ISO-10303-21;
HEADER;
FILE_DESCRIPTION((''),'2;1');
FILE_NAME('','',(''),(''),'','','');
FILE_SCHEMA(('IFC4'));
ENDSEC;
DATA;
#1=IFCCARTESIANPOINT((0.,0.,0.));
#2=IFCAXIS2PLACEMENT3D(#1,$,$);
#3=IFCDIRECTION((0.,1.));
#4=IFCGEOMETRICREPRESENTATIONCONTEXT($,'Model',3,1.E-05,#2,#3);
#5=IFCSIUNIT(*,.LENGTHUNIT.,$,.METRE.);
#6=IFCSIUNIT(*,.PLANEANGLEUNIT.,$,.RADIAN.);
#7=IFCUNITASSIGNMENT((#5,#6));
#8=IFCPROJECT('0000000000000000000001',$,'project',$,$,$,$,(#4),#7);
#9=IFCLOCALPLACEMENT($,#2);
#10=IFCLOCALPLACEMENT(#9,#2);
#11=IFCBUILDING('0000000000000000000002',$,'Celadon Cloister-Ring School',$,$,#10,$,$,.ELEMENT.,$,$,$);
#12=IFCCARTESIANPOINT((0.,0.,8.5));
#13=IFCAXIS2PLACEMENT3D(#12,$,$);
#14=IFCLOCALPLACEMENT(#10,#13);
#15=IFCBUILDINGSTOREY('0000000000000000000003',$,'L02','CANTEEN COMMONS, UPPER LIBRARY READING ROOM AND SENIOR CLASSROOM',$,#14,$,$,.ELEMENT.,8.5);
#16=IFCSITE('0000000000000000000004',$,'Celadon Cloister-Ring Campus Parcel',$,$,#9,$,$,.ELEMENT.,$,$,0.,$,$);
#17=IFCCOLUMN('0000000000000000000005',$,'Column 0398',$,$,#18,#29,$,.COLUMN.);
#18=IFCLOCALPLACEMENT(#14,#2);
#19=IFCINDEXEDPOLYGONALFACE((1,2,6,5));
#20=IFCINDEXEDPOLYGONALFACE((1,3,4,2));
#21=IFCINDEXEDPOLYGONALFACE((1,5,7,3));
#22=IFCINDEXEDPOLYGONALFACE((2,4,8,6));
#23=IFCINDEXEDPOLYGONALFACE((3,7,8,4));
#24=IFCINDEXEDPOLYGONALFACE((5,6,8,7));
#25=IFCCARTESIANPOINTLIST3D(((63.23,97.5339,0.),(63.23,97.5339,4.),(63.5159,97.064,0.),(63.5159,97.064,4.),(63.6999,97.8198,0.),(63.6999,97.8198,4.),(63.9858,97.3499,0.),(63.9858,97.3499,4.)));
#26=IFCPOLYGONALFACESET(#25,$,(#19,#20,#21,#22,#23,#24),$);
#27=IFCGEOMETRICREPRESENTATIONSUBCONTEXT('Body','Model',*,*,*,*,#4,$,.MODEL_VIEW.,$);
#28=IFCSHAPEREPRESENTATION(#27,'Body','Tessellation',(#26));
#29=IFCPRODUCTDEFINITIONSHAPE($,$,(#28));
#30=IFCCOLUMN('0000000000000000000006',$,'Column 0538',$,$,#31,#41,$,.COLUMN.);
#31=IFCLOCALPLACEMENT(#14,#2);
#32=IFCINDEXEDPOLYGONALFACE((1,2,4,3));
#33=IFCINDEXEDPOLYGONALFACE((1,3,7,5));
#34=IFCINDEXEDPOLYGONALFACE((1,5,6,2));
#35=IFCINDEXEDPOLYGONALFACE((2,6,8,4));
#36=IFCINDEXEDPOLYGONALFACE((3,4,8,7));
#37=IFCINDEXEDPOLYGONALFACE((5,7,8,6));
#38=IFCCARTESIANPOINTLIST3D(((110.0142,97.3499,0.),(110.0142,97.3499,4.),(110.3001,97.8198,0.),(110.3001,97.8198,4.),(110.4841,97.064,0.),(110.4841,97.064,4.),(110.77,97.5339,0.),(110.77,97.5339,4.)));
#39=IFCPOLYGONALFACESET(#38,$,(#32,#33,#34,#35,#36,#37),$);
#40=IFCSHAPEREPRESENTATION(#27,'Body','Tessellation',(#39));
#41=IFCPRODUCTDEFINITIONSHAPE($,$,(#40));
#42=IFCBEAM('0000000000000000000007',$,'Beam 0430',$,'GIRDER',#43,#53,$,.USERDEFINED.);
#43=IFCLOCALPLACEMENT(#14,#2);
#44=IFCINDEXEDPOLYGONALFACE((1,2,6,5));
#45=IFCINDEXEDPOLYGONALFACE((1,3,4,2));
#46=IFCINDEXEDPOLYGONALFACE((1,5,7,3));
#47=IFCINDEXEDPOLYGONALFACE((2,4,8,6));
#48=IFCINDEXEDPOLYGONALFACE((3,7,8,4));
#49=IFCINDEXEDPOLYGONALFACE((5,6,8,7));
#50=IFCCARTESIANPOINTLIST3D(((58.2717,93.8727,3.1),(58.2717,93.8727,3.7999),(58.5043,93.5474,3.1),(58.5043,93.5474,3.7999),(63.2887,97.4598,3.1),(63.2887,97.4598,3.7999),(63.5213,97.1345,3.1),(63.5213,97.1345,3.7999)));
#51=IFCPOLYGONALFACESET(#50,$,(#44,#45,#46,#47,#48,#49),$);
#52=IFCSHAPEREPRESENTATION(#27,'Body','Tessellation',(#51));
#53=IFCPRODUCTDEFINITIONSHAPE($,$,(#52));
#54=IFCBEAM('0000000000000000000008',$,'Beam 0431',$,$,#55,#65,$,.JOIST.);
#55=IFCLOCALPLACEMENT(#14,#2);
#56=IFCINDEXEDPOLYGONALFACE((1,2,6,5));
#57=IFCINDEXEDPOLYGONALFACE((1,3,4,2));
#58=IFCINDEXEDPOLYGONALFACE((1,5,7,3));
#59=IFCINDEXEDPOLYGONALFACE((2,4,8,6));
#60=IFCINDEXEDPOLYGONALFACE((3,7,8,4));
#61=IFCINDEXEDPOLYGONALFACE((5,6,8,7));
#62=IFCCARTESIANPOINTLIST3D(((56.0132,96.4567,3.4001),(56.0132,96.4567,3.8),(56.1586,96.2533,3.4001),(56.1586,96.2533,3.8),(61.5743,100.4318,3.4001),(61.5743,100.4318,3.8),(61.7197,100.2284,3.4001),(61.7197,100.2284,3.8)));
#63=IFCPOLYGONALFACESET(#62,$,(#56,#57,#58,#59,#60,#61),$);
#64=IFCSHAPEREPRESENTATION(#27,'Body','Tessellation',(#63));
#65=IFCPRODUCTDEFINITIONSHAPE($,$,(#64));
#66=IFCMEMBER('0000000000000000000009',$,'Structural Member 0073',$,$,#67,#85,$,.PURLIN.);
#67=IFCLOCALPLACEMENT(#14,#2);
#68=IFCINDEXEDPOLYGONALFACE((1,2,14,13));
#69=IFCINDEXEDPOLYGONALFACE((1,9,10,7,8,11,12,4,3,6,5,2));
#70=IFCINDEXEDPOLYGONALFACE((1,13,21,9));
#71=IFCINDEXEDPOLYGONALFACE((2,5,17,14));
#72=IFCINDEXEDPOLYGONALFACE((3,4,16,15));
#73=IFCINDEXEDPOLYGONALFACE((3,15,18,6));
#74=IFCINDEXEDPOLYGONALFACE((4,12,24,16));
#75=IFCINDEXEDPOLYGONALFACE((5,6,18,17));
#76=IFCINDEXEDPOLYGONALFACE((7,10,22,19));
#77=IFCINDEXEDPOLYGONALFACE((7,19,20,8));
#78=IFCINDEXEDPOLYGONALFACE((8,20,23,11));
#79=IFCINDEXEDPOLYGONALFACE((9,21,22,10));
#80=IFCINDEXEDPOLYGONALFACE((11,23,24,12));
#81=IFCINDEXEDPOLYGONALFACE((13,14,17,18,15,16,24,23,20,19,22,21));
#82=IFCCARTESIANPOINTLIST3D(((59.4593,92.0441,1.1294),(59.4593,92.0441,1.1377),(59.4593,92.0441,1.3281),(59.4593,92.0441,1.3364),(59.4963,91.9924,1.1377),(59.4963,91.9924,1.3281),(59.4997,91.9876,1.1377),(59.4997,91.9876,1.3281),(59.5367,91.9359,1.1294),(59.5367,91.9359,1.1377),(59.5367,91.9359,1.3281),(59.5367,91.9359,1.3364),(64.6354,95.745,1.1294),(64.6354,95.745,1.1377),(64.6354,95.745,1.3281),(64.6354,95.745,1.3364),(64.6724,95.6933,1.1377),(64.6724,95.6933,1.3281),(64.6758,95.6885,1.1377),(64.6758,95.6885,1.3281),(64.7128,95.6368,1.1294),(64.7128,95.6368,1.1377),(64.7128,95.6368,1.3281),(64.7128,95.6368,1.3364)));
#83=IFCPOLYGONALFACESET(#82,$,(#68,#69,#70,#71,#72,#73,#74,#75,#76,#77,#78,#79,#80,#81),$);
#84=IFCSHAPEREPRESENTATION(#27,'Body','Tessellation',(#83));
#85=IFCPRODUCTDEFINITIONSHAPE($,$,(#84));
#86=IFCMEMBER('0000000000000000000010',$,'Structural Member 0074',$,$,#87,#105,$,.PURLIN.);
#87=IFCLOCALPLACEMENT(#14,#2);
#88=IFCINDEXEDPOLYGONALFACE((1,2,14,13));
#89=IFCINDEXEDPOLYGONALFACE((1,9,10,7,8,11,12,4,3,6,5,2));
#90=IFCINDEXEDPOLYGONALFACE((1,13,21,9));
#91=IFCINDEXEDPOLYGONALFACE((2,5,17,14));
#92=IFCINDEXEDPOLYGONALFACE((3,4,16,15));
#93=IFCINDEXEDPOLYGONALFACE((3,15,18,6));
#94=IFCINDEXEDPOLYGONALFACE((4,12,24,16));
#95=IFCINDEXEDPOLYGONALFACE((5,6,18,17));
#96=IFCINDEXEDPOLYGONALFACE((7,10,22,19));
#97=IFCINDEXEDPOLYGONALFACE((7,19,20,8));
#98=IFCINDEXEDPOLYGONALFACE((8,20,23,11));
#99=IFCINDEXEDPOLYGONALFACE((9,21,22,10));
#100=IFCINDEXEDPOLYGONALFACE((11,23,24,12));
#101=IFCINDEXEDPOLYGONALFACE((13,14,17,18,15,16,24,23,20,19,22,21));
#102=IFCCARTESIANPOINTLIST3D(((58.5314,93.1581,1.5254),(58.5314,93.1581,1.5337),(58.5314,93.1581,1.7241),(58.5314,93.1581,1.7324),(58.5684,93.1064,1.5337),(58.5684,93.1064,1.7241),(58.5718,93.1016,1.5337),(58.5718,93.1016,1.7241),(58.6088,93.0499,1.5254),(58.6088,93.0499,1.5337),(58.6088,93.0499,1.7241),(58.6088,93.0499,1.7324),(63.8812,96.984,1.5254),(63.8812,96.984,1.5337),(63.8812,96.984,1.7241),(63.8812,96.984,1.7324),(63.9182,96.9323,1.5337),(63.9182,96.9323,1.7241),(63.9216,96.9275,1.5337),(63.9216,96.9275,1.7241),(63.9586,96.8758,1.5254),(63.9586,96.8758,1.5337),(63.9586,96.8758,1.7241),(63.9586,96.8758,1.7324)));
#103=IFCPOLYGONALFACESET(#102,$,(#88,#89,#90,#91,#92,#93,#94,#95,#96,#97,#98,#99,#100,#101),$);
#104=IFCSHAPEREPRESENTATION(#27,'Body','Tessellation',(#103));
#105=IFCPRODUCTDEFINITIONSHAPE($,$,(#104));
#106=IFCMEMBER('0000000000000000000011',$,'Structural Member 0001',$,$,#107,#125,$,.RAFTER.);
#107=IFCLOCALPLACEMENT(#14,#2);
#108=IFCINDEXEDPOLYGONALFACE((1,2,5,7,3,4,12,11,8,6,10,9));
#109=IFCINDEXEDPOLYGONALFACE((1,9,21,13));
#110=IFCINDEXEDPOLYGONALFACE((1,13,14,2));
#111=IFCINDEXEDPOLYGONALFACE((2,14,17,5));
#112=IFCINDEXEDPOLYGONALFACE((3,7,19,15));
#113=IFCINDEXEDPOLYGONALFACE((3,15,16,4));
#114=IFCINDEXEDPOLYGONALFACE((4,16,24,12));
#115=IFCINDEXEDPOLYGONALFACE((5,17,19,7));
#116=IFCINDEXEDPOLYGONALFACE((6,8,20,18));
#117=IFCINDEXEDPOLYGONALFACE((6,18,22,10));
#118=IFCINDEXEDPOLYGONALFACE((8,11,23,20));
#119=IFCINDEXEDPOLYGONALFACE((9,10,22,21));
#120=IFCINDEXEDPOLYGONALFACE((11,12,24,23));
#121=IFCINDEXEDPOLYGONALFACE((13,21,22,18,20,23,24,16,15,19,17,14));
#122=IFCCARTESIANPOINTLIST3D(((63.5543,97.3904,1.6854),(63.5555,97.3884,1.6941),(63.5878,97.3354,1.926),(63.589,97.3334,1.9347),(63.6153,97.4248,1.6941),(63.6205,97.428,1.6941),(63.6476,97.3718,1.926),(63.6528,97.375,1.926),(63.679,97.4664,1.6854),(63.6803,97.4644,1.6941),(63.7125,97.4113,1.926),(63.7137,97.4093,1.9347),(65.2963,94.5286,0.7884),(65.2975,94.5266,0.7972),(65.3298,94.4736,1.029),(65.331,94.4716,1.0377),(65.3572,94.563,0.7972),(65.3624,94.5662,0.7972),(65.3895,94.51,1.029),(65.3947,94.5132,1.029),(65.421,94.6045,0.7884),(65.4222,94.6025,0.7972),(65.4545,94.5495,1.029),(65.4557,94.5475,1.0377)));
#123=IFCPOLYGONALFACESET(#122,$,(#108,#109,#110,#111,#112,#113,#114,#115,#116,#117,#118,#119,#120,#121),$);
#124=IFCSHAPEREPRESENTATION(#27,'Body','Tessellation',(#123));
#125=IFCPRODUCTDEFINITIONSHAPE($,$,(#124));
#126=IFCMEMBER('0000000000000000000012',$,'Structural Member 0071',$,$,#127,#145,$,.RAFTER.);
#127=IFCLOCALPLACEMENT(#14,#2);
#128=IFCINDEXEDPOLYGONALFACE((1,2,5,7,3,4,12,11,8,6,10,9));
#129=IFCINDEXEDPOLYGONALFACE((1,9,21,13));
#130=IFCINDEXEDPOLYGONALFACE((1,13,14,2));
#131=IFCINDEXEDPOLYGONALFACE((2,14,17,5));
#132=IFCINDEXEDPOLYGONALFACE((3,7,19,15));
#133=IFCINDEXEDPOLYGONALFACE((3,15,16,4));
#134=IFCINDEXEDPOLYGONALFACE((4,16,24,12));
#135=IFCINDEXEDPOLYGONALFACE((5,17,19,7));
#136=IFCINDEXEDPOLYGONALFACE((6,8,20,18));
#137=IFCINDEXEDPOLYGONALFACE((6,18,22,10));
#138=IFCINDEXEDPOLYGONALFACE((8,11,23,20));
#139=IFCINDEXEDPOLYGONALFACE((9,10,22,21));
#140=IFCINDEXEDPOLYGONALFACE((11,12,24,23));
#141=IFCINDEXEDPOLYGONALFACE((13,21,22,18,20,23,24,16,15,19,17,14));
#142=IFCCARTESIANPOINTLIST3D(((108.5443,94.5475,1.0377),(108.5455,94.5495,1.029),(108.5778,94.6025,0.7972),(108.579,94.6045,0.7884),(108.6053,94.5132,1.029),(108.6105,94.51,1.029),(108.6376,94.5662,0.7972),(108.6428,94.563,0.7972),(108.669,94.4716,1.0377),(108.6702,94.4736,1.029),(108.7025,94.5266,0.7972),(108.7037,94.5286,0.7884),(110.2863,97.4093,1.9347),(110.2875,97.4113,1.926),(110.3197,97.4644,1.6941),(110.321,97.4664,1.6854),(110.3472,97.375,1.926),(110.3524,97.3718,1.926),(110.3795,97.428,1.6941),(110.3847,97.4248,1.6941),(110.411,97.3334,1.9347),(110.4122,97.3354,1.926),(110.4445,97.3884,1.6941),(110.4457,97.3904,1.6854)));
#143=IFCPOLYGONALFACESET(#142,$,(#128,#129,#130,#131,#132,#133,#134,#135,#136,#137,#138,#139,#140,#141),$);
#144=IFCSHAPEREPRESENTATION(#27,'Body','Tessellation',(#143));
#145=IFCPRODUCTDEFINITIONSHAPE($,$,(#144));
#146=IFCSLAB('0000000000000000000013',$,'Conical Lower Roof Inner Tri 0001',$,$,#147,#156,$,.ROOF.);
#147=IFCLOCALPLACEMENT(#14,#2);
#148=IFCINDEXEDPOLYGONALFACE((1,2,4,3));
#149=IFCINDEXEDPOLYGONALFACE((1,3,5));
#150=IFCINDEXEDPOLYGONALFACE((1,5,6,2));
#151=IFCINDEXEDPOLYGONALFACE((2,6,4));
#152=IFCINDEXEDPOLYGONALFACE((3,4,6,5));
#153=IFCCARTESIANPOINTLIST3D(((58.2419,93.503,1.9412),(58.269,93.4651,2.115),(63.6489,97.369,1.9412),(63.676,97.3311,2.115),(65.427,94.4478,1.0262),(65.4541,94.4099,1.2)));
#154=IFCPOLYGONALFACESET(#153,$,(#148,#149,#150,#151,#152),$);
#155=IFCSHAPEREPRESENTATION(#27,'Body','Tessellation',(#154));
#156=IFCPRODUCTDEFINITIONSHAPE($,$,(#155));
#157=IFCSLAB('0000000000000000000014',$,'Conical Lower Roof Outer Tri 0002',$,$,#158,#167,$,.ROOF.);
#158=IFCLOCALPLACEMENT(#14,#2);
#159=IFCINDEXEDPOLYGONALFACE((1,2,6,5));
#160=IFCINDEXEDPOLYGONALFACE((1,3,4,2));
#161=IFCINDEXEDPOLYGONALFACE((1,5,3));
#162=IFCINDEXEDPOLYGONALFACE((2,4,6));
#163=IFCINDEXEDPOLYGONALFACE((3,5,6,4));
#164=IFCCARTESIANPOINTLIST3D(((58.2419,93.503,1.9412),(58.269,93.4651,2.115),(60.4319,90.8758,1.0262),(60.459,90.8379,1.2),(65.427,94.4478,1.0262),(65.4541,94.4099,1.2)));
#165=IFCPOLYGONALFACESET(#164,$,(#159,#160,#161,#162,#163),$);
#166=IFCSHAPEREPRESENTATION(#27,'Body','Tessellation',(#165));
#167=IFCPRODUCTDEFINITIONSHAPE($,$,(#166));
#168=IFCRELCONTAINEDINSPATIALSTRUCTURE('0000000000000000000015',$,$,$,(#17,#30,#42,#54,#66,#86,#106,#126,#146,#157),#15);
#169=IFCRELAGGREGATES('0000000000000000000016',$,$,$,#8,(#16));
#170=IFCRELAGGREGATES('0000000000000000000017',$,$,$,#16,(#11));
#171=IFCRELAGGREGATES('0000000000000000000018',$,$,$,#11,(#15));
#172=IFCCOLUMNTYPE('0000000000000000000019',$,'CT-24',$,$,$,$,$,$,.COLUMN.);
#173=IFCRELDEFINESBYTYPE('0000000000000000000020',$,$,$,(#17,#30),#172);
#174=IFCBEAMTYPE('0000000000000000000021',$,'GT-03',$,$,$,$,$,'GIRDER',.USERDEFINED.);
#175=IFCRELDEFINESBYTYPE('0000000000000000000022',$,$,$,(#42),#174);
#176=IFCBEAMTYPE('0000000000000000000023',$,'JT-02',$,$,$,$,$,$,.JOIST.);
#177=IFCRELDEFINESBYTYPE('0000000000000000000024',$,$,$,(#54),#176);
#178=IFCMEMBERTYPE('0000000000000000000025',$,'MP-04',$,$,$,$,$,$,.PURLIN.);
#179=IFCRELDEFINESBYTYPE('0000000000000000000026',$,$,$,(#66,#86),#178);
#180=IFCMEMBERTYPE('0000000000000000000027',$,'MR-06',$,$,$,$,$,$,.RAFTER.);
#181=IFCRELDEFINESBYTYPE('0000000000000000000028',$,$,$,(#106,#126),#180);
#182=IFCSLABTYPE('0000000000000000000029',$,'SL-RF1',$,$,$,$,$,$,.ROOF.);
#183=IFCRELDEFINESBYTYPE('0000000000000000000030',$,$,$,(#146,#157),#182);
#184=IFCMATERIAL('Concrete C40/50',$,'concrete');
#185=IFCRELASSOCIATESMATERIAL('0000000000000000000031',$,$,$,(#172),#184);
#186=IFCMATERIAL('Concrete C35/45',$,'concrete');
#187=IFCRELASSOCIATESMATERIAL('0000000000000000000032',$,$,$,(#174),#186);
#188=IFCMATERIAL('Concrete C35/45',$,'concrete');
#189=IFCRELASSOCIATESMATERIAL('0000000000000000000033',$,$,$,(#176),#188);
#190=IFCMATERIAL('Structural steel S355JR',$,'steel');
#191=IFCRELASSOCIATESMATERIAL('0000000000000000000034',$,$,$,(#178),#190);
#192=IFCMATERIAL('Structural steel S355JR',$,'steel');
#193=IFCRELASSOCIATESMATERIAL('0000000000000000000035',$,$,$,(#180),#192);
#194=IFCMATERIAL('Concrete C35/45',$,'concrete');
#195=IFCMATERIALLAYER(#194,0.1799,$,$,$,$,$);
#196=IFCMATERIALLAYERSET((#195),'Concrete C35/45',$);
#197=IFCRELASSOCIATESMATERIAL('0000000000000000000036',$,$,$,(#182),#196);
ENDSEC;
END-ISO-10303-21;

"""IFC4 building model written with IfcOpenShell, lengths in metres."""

from ifc_helpers import new_model, si_unit, direction, frame, origin, origin_2d, place, context, subcontext, project, spatial, polyline, rectangle, i_section, outline, extrude, material, layer, layer_set, material_profile, profile_set, type_object, element, save


model = new_model("IFC4")

# Units and contexts
model_context = context("Model", 3, precision=1e-05, world=origin(), true_north=direction((0.0, 1.0)))
body_context = subcontext(model_context, "Body", "Model", "MODEL_VIEW")
ifc_project = project(units=[si_unit("LENGTHUNIT", "METRE"), si_unit("PLANEANGLEUNIT", "RADIAN")], contexts=[model_context])

# Site, building, storey
site_placement = place(None, origin())
site = spatial("IfcSite", under=ifc_project, at=site_placement, Name="Celadon Cloister-Ring Campus Parcel", CompositionType="ELEMENT", RefElevation=0.0)
building_placement = place(site_placement, origin())
building = spatial("IfcBuilding", under=site, at=building_placement, Name="Celadon Cloister-Ring School", CompositionType="ELEMENT")
storey_placement = place(building_placement, frame((0.0, 0.0, 8.5)))
storey = spatial("IfcBuildingStorey", under=building, at=storey_placement, Name="L02", Description="CANTEEN COMMONS, UPPER LIBRARY READING ROOM AND SENIOR CLASSROOM", CompositionType="ELEMENT", Elevation=8.5)

# Columns
ifc_material_1 = material(Name="Concrete C40/50", Category="concrete")
ifc_material_profile_1 = material_profile(ifc_material_1, rectangle(XDim=0.55, YDim=0.55, at=origin_2d()), Name="RC550X550")
ifc_profile_set_1 = profile_set([ifc_material_profile_1], Name="Concrete C40/50")
column_type = type_object("IfcColumnType", Name="CT-24", PredefinedType="COLUMN", material=ifc_profile_set_1)
for number, where, z_axis, x_axis, name in (
    (1, (63.6079, 97.4419, 0.0), (0.0, 0.0, 1.0), (-0.519817, 0.854277, 0.0), "Column 0398"),
    (2, (110.3921, 97.4419, 0.0), (0.0, 0.0, 1.0), (0.519817, 0.854277, 0.0), "Column 0538"),
):
    element("IfcColumn", number, at=place(storey_placement, frame(where, z_axis=z_axis, x_axis=x_axis)), inside=storey, type_object=column_type, Name=name, PredefinedType="COLUMN", context=body_context, shape_type="SweptSolid", body=[
        extrude(rectangle(XDim=0.55, YDim=0.55, at=origin_2d()), origin(), (0.0, 0.0, 1.0), 4.0),
    ])

# Beams
ifc_material_2 = material(Name="Concrete C35/45", Category="concrete")
ifc_material_profile_2 = material_profile(ifc_material_2, rectangle(XDim=0.3999, YDim=0.7, at=origin_2d()), Name="RC400X700")
ifc_profile_set_2 = profile_set([ifc_material_profile_2], Name="Concrete C35/45")
beam_type_1 = type_object("IfcBeamType", Name="GT-03", ElementType="GIRDER", PredefinedType="USERDEFINED", material=ifc_profile_set_2)
beam_1_placement = place(storey_placement, frame((63.405, 97.2971, 3.45), z_axis=(-0.813463, -0.581616, 0.0), x_axis=(0.581616, -0.813463, 0.0)))
element("IfcBeam", 3, at=beam_1_placement, inside=storey, type_object=beam_type_1, Name="Beam 0430", ObjectType="GIRDER", PredefinedType="USERDEFINED", context=body_context, shape_type="SweptSolid", body=[
    extrude(rectangle(XDim=0.3999, YDim=0.7, at=origin_2d()), origin(), (0.0, 0.0, 1.0), 6.1675),
])
ifc_material_3 = material(Name="Concrete C35/45", Category="concrete")
ifc_material_profile_3 = material_profile(ifc_material_3, rectangle(XDim=0.25, YDim=0.3999, at=origin_2d()), Name="RC250X400")
ifc_profile_set_3 = profile_set([ifc_material_profile_3], Name="Concrete C35/45")
beam_type_2 = type_object("IfcBeamType", Name="JT-02", PredefinedType="JOIST", material=ifc_profile_set_3)
beam_2_placement = place(storey_placement, frame((61.647, 100.3301, 3.6001), z_axis=(-0.813531, -0.581522, 0.0), x_axis=(0.581522, -0.813531, 0.0)))
element("IfcBeam", 4, at=beam_2_placement, inside=storey, type_object=beam_type_2, Name="Beam 0431", PredefinedType="JOIST", context=body_context, shape_type="SweptSolid", body=[
    extrude(rectangle(XDim=0.25, YDim=0.3999, at=origin_2d()), origin(), (0.0, 0.0, 1.0), 6.8357),
])

# Members
ifc_material_4 = material(Name="Structural steel S355JR", Category="steel")
ifc_material_profile_4 = material_profile(ifc_material_4, i_section(OverallWidth=0.1331, OverallDepth=0.207, WebThickness=0.0059, FlangeThickness=0.0083, at=origin_2d()), Name="W200X27")
ifc_profile_set_4 = profile_set([ifc_material_profile_4], Name="Structural steel S355JR")
member_type_1 = type_object("IfcMemberType", Name="MP-04", PredefinedType="PURLIN", material=ifc_profile_set_4)
member_1_placement = place(storey_placement, frame((64.6741, 95.6909, 1.2329), z_axis=(-0.813453, -0.58163, 0.0), x_axis=(0.58163, -0.813453, 0.0)))
element("IfcMember", 5, at=member_1_placement, inside=storey, type_object=member_type_1, Name="Structural Member 0073", PredefinedType="PURLIN", context=body_context, shape_type="SweptSolid", body=[
    extrude(i_section(OverallWidth=0.1331, OverallDepth=0.207, WebThickness=0.0059, FlangeThickness=0.0083, at=origin_2d()), origin(), (0.0, 0.0, 1.0), 6.363),
])
member_2_placement = place(storey_placement, frame((63.9199, 96.9299, 1.6289), z_axis=(-0.813402, -0.581702, 0.0), x_axis=(0.581702, -0.813402, 0.0)))
element("IfcMember", 6, at=member_2_placement, inside=storey, type_object=member_type_1, Name="Structural Member 0074", PredefinedType="PURLIN", context=body_context, shape_type="SweptSolid", body=[
    extrude(i_section(OverallWidth=0.1331, OverallDepth=0.207, WebThickness=0.0059, FlangeThickness=0.0083, at=origin_2d()), origin(), (0.0, 0.0, 1.0), 6.5771),
])
ifc_material_5 = material(Name="Structural steel S355JR", Category="steel")
ifc_material_profile_5 = material_profile(ifc_material_5, i_section(OverallWidth=0.146, OverallDepth=0.2581, WebThickness=0.0061, FlangeThickness=0.009, at=origin_2d()), Name="W250X33")
ifc_profile_set_5 = profile_set([ifc_material_profile_5], Name="Structural steel S355JR")
member_type_2 = type_object("IfcMemberType", Name="MR-06", PredefinedType="RAFTER", material=ifc_profile_set_5)
for number, where, z_axis, x_axis, name in (
    (7, (65.376, 94.5381, 0.9131), (-0.502251, 0.825142, 0.258622), (-0.854203, -0.51994, 0.0), "Structural Member 0001"),
    (8, (108.624, 94.5381, 0.9131), (0.502251, 0.825142, 0.258622), (-0.854203, 0.51994, 0.0), "Structural Member 0071"),
):
    element("IfcMember", number, at=place(storey_placement, frame(where, z_axis=z_axis, x_axis=x_axis)), inside=storey, type_object=member_type_2, Name=name, PredefinedType="RAFTER", context=body_context, shape_type="SweptSolid", body=[
        extrude(i_section(OverallWidth=0.146, OverallDepth=0.2581, WebThickness=0.0061, FlangeThickness=0.009, at=origin_2d()), origin(), (0.0, 0.0, 1.0), 3.4683),
    ])

# Slabs
ifc_material_6 = material(Name="Concrete C35/45", Category="concrete")
ifc_layer_1 = layer(ifc_material_6, 0.1799)
ifc_layer_set_1 = layer_set([ifc_layer_1], Name="Concrete C35/45")
slab_type = type_object("IfcSlabType", Name="SL-RF1", PredefinedType="ROOF", material=ifc_layer_set_1)
slab_1_placement = place(storey_placement, frame((65.4541, 94.4099, 1.2), z_axis=(0.150723, -0.210802, 0.965839), x_axis=(-0.502275, 0.825171, 0.258482)))
element("IfcSlab", 9, at=slab_1_placement, inside=storey, type_object=slab_type, Name="Conical Lower Roof Inner Tri 0001", PredefinedType="ROOF", context=body_context, shape_type="SweptSolid", body=[
    extrude(outline(polyline([(0.0, 0.0), (3.54, 0.0), (3.0658, 6.6299), (0.0, 0.0)])), origin(), (0.0, 0.0, -1.0), 0.1799),
])
slab_2_placement = place(storey_placement, frame((65.4541, 94.4099, 1.2), z_axis=(0.150719, -0.210766, 0.965848), x_axis=(-0.983654, -0.129349, 0.125271)))
element("IfcSlab", 10, at=slab_2_placement, inside=storey, type_object=slab_type, Name="Conical Lower Roof Outer Tri 0002", PredefinedType="ROOF", context=body_context, shape_type="SweptSolid", body=[
    extrude(outline(polyline([(0.0, 0.0), (7.3045, 0.0), (5.3755, 2.9689), (0.0, 0.0)])), origin(), (0.0, 0.0, -1.0), 0.1799),
])

save(model, "model.ifc")
